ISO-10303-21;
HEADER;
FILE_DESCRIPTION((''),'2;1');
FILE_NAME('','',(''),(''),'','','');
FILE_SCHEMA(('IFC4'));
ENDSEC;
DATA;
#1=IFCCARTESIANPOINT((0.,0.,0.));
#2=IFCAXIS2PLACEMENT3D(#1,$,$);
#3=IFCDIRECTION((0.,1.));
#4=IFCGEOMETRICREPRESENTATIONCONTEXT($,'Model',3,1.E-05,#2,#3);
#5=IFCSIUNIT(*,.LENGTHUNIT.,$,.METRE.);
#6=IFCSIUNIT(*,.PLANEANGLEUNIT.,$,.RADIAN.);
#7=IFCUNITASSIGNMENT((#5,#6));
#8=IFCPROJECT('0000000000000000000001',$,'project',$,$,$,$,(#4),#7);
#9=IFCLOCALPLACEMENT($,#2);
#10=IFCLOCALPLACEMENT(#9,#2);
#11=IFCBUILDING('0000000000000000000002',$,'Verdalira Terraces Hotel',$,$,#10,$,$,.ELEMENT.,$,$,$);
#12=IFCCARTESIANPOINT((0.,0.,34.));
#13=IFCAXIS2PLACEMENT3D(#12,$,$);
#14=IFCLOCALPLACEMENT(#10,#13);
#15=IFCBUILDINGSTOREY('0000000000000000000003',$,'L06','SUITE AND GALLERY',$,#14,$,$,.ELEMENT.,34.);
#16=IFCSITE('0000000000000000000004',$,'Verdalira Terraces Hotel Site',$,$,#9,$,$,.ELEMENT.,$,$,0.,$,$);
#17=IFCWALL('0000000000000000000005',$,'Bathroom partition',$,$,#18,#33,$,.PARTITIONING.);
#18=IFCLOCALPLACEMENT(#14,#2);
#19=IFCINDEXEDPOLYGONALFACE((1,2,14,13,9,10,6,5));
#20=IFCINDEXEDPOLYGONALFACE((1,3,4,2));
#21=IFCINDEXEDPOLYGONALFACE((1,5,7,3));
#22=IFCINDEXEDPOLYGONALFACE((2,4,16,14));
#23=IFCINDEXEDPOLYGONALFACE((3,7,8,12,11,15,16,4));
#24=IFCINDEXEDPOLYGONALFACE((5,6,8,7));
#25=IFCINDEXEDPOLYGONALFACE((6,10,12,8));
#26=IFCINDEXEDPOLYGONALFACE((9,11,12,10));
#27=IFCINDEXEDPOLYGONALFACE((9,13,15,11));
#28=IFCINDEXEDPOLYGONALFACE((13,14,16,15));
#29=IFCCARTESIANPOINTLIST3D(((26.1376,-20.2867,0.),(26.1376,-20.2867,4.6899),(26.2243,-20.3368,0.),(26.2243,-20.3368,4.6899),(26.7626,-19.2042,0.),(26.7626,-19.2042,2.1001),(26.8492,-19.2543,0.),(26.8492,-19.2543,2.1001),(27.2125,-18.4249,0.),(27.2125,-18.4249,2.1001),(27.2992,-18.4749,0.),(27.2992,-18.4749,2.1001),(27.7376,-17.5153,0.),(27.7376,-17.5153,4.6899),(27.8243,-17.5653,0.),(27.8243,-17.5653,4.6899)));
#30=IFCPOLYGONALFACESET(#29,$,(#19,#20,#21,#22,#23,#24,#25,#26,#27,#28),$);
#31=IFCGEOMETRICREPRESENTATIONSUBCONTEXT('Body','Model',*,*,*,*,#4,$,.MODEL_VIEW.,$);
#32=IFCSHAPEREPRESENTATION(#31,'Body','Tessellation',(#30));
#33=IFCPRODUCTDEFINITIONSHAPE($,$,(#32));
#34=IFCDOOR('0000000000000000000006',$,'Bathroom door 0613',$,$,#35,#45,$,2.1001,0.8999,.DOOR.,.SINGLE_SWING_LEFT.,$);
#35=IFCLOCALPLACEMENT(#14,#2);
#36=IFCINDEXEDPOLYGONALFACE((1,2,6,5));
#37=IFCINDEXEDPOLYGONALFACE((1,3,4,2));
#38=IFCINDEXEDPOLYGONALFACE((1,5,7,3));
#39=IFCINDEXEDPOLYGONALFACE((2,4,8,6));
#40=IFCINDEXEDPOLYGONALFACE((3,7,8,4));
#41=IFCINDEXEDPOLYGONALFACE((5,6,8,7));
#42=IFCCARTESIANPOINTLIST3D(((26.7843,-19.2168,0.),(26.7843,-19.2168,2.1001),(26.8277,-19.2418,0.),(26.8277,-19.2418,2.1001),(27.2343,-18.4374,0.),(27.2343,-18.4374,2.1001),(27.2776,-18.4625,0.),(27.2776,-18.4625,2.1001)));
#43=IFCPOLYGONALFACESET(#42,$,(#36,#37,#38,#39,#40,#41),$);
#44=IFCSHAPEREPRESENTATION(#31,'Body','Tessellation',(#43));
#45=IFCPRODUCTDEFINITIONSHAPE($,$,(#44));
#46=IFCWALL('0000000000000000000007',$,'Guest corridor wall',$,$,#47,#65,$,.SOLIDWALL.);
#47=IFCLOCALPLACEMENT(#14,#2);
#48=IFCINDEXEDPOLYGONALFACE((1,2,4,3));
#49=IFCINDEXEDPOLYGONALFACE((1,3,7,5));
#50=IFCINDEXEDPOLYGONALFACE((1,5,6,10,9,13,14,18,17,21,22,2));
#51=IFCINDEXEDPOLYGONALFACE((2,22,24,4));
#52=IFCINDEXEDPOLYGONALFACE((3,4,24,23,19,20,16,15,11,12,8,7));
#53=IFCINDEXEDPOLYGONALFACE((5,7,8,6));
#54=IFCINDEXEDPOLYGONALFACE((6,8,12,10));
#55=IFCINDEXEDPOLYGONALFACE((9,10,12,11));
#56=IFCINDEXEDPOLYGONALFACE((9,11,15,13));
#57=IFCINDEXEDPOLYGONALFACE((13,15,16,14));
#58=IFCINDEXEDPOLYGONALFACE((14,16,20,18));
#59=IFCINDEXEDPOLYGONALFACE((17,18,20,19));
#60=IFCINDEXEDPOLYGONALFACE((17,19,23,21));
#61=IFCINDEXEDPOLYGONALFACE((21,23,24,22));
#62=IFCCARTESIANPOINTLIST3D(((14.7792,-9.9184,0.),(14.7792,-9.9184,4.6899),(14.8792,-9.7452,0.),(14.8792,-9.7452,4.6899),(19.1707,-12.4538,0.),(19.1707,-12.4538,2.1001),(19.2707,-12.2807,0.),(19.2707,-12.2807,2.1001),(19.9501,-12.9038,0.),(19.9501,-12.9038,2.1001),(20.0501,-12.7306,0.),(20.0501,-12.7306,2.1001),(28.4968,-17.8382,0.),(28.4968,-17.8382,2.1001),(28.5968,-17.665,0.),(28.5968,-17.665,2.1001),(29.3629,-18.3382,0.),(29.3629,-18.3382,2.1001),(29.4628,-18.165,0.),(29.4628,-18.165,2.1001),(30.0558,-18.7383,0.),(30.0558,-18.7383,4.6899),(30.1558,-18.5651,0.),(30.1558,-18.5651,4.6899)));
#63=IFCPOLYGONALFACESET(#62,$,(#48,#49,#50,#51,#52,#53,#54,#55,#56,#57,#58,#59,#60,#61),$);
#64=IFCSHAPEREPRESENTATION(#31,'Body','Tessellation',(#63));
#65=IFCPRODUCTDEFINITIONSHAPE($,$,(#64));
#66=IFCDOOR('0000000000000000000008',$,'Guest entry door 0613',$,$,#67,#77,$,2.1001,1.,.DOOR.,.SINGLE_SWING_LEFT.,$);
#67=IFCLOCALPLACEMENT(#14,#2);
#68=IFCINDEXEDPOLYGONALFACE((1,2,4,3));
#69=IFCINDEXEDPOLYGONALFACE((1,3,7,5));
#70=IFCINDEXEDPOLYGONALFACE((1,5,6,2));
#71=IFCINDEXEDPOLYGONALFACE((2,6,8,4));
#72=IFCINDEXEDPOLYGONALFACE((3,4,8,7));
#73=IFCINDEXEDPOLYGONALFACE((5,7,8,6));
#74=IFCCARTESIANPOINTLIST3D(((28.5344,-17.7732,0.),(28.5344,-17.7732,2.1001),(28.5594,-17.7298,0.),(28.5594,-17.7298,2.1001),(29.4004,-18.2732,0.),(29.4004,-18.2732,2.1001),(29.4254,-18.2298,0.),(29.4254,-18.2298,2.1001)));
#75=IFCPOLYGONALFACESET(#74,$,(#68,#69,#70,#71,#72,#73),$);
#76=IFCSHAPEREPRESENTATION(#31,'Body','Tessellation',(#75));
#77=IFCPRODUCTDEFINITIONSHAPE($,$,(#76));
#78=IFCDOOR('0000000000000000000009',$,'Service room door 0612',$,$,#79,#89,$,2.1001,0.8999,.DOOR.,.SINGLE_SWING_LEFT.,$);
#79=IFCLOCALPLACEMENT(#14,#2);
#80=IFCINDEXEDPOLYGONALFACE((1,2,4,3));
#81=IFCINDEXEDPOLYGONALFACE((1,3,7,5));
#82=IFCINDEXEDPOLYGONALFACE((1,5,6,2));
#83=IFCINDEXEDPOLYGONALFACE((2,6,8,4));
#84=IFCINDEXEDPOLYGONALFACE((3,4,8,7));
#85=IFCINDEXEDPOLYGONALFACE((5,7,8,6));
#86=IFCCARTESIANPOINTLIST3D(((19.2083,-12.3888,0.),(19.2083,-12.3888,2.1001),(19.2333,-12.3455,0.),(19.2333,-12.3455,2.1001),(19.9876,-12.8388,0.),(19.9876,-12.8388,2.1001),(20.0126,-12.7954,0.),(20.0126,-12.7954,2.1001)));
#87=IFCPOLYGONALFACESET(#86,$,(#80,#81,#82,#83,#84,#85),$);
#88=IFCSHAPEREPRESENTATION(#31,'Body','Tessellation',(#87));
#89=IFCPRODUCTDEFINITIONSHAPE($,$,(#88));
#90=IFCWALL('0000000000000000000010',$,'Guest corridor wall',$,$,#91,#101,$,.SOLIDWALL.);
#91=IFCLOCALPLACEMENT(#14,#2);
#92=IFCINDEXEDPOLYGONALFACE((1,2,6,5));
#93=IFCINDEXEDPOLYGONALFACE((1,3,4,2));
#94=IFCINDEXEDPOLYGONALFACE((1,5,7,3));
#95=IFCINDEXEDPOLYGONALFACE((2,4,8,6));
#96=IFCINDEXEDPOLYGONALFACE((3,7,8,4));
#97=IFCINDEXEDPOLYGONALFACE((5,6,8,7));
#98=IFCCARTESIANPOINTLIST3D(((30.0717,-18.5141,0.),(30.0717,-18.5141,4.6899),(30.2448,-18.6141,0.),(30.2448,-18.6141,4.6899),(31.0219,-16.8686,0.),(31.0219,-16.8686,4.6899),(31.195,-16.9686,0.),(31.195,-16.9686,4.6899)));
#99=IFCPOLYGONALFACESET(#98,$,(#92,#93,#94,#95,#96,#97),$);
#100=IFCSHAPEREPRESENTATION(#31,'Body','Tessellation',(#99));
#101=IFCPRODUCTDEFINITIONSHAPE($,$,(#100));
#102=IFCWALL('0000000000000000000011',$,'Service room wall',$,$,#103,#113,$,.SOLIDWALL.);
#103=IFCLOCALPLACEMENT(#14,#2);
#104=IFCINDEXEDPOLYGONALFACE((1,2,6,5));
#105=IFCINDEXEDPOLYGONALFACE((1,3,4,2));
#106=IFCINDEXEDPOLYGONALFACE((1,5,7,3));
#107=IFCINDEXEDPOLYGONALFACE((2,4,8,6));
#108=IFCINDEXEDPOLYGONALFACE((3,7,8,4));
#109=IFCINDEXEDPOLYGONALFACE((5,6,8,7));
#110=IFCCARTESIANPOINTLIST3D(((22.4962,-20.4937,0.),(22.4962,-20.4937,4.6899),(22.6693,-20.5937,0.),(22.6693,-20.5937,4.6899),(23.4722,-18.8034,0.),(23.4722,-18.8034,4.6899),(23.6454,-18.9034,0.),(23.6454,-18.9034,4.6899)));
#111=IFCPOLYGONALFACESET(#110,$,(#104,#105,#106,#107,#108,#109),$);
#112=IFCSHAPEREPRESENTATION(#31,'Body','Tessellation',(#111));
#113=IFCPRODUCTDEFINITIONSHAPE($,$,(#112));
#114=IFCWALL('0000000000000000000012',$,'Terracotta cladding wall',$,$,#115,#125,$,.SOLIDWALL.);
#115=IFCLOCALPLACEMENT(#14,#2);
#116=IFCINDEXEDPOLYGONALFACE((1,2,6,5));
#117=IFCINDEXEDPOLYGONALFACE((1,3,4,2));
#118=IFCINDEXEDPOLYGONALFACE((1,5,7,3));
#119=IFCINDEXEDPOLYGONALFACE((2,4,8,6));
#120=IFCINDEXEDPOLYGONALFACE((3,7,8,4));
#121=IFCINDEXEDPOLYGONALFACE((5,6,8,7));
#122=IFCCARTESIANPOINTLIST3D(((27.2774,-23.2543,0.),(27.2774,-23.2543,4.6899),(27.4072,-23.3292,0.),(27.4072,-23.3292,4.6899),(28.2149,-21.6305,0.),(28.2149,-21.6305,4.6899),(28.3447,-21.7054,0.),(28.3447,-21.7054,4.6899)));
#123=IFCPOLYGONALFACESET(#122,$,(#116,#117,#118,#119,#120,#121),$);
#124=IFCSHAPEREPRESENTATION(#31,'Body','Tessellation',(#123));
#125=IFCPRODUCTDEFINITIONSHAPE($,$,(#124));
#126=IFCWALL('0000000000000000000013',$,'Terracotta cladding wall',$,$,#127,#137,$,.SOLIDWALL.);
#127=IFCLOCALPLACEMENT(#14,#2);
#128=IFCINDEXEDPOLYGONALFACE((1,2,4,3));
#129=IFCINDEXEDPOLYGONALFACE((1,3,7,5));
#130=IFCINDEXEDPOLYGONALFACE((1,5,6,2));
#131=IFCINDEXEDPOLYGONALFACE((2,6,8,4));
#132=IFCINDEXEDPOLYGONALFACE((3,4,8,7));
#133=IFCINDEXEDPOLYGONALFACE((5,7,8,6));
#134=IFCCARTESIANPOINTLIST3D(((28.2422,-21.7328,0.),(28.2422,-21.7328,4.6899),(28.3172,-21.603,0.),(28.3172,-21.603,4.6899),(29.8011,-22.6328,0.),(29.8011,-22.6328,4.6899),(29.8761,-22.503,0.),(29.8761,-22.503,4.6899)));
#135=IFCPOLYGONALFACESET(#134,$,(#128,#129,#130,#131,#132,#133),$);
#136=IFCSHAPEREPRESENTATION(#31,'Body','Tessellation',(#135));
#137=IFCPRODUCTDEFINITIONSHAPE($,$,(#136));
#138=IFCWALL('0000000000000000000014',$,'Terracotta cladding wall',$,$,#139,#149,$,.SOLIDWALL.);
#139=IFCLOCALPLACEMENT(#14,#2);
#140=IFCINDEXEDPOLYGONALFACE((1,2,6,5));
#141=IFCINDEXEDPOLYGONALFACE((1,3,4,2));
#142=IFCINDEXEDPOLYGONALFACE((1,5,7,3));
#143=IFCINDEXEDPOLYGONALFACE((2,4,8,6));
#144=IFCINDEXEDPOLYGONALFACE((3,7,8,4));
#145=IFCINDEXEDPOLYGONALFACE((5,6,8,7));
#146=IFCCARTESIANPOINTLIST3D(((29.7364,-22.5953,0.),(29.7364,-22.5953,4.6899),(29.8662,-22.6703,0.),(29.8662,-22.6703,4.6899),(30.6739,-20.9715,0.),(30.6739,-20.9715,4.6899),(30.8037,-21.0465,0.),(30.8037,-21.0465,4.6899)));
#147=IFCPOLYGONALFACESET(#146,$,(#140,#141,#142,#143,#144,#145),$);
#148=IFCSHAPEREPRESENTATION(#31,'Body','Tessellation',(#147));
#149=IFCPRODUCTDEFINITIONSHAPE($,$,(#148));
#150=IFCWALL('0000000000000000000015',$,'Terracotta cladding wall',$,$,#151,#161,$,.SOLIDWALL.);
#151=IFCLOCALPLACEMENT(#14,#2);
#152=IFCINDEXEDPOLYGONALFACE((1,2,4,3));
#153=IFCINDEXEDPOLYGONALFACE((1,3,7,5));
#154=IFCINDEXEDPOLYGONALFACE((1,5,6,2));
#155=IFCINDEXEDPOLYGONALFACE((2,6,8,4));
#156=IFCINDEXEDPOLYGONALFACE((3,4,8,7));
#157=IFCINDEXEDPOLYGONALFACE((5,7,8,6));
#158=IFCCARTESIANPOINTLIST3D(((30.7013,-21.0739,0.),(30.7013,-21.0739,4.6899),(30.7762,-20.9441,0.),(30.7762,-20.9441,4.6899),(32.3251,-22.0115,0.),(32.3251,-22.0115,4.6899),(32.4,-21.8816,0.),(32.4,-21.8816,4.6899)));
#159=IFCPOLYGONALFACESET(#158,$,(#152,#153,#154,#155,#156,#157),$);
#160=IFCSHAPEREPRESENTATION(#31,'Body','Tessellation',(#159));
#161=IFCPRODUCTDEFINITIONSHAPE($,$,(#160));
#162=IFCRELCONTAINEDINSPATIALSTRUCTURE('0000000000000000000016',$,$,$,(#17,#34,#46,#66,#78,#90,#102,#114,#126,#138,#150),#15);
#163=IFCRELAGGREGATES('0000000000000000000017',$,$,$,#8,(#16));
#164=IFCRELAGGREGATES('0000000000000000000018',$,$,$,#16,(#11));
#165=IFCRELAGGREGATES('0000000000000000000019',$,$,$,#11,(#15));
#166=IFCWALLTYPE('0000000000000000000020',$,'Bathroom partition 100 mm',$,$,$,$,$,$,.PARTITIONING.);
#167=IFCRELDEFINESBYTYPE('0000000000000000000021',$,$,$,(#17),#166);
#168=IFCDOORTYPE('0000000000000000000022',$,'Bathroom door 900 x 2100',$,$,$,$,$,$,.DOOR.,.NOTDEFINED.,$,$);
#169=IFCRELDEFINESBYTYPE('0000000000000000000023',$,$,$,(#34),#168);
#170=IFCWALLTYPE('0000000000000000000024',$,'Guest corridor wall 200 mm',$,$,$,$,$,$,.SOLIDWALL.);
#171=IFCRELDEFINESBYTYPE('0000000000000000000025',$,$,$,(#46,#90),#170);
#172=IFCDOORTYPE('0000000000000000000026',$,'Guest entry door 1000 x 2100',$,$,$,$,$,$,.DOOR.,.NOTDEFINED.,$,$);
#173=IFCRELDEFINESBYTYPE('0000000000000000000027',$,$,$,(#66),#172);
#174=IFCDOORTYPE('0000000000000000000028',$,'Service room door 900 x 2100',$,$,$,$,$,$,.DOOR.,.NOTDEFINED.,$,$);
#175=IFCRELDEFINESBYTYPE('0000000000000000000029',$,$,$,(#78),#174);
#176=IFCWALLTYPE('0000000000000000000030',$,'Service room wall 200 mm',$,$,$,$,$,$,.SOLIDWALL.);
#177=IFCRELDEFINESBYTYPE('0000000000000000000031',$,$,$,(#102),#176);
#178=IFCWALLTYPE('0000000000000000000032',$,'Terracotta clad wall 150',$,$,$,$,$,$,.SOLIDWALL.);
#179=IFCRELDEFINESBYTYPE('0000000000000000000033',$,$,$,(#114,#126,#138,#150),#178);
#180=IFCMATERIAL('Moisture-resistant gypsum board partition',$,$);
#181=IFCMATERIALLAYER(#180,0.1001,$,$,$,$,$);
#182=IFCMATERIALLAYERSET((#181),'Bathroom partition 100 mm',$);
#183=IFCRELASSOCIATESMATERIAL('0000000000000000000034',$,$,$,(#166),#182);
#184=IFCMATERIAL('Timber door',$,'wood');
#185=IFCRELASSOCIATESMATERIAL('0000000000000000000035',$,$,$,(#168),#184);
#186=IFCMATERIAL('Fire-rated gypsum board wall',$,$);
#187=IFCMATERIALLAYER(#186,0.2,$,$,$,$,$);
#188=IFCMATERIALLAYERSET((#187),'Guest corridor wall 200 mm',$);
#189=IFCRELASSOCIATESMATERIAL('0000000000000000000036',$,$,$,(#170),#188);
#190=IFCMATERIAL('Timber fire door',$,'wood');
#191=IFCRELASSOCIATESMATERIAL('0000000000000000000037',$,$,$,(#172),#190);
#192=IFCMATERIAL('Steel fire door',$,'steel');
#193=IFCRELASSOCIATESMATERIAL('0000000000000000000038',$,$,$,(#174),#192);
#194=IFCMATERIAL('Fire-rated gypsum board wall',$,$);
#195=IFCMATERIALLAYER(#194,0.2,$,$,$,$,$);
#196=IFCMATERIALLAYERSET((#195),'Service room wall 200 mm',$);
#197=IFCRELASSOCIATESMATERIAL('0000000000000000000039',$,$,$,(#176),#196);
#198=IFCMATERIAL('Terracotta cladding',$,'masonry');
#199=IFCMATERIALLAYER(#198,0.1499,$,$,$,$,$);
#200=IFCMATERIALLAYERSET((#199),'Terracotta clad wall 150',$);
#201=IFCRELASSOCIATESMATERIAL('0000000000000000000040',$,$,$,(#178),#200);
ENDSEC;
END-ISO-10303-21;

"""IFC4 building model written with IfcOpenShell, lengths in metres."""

from ifc_helpers import new_model, si_unit, direction, frame, frame_2d, origin, place, context, subcontext, project, spatial, rectangle, extrude, material, layer, layer_set, type_object, element, fill, save


model = new_model("IFC4")

# Units and contexts
model_context = context("Model", 3, precision=1e-05, world=origin(), true_north=direction((0.0, 1.0)))
body_context = subcontext(model_context, "Body", "Model", "MODEL_VIEW")
ifc_project = project(units=[si_unit("LENGTHUNIT", "METRE"), si_unit("PLANEANGLEUNIT", "RADIAN")], contexts=[model_context])

# Site, building, storey
site_placement = place(None, origin())
site = spatial("IfcSite", under=ifc_project, at=site_placement, Name="Verdalira Terraces Hotel Site", CompositionType="ELEMENT", RefElevation=0.0)
building_placement = place(site_placement, origin())
building = spatial("IfcBuilding", under=site, at=building_placement, Name="Verdalira Terraces Hotel", CompositionType="ELEMENT")
storey_placement = place(building_placement, frame((0.0, 0.0, 34.0)))
storey = spatial("IfcBuildingStorey", under=building, at=storey_placement, Name="L06", Description="SUITE AND GALLERY", CompositionType="ELEMENT", Elevation=34.0)

# Shared definitions
ifc_material_1 = material(Name="Moisture-resistant gypsum board partition")
ifc_layer_1 = layer(ifc_material_1, 0.1001)
ifc_layer_set_1 = layer_set([ifc_layer_1], Name="Bathroom partition 100 mm")
wall_type_1 = type_object("IfcWallType", Name="Bathroom partition 100 mm", PredefinedType="PARTITIONING", material=ifc_layer_set_1)

# Wall, opening, door
wall_1_placement = place(storey_placement, frame((26.1809, -20.3118, 0.0), z_axis=(0.0, 0.0, 1.0), x_axis=(0.499995, 0.866028, 0.0)))
wall_1 = element("IfcWall", 1, at=wall_1_placement, inside=storey, type_object=wall_type_1, Name="Bathroom partition", PredefinedType="PARTITIONING", context=body_context, shape_type="SweptSolid", body=[
    extrude(rectangle(XDim=3.2002, YDim=0.1001, at=frame_2d((1.6001, 0.0))), origin(), (0.0, 0.0, 1.0), 4.6899),
])
opening_1_placement = place(wall_1_placement, frame((1.25, 0.0, 0.0)))
opening_1 = element("IfcOpeningElement", 2, at=opening_1_placement, cuts=wall_1, PredefinedType="OPENING", context=body_context, shape_type="SweptSolid", body=[
    extrude(rectangle(XDim=0.8999, YDim=2.1001, at=frame_2d((0.45, 1.05))), frame((0.0, 0.0601, 0.0), z_axis=(0.0, -1.0, 0.0), x_axis=(1.0, 0.0, 0.0)), (0.0, 0.0, 1.0), 0.1201),
])
ifc_material_2 = material(Name="Timber door", Category="wood")
door_type_1 = type_object("IfcDoorType", Name="Bathroom door 900 x 2100", OperationType="NOTDEFINED", PredefinedType="DOOR", material=ifc_material_2)
door_1_placement = place(opening_1_placement, origin())
door_1 = element("IfcDoor", 3, at=door_1_placement, inside=storey, type_object=door_type_1, Name="Bathroom door 0613", OperationType="SINGLE_SWING_LEFT", OverallHeight=2.1001, OverallWidth=0.8999, PredefinedType="DOOR", context=body_context, shape_type="SweptSolid", body=[
    extrude(rectangle(XDim=0.8999, YDim=2.1001, at=frame_2d((0.45, 1.05))), frame((0.0, 0.0249, 0.0), z_axis=(0.0, -1.0, 0.0), x_axis=(1.0, 0.0, 0.0)), (0.0, 0.0, 1.0), 0.05),
])
fill(opening_1, door_1)

# Wall, openings, doors
ifc_material_3 = material(Name="Fire-rated gypsum board wall")
ifc_layer_2 = layer(ifc_material_3, 0.2)
ifc_layer_set_2 = layer_set([ifc_layer_2], Name="Guest corridor wall 200 mm")
wall_type_2 = type_object("IfcWallType", Name="Guest corridor wall 200 mm", PredefinedType="SOLIDWALL", material=ifc_layer_set_2)
wall_2_placement = place(storey_placement, frame((30.1057, -18.6516, 0.0), z_axis=(0.0, 0.0, 1.0), x_axis=(-0.866029, 0.499994, 0.0)))
wall_2 = element("IfcWall", 4, at=wall_2_placement, inside=storey, type_object=wall_type_2, Name="Guest corridor wall", PredefinedType="SOLIDWALL", context=body_context, shape_type="SweptSolid", body=[
    extrude(rectangle(XDim=17.6399, YDim=0.2, at=frame_2d((8.8198, 0.0))), origin(), (0.0, 0.0, 1.0), 4.6899),
])
opening_2_placement = place(wall_2_placement, frame((11.6689, 0.0, 0.0)))
opening_2 = element("IfcOpeningElement", 5, at=opening_2_placement, cuts=wall_2, PredefinedType="OPENING", context=body_context, shape_type="SweptSolid", body=[
    extrude(rectangle(XDim=0.8999, YDim=2.1001, at=frame_2d((0.45, 1.05))), frame((0.0, 0.1099, 0.0), z_axis=(0.0, -1.0, 0.0), x_axis=(1.0, 0.0, 0.0)), (0.0, 0.0, 1.0), 0.22),
])
opening_3_placement = place(wall_2_placement, frame((0.8, 0.0, 0.0)))
opening_3 = element("IfcOpeningElement", 6, at=opening_3_placement, cuts=wall_2, PredefinedType="OPENING", context=body_context, shape_type="SweptSolid", body=[
    extrude(rectangle(XDim=1.0, YDim=2.1001, at=frame_2d((0.5, 1.05))), frame((0.0, 0.1099, 0.0), z_axis=(0.0, -1.0, 0.0), x_axis=(1.0, 0.0, 0.0)), (0.0, 0.0, 1.0), 0.22),
])
ifc_material_4 = material(Name="Timber fire door", Category="wood")
door_type_2 = type_object("IfcDoorType", Name="Guest entry door 1000 x 2100", OperationType="NOTDEFINED", PredefinedType="DOOR", material=ifc_material_4)
door_2_placement = place(opening_3_placement, origin())
door_2 = element("IfcDoor", 7, at=door_2_placement, inside=storey, type_object=door_type_2, Name="Guest entry door 0613", OperationType="SINGLE_SWING_LEFT", OverallHeight=2.1001, OverallWidth=1.0, PredefinedType="DOOR", context=body_context, shape_type="SweptSolid", body=[
    extrude(rectangle(XDim=1.0, YDim=2.1001, at=frame_2d((0.5, 1.05))), frame((0.0, 0.0249, 0.0), z_axis=(0.0, -1.0, 0.0), x_axis=(1.0, 0.0, 0.0)), (0.0, 0.0, 1.0), 0.05),
])
fill(opening_3, door_2)
ifc_material_5 = material(Name="Steel fire door", Category="steel")
door_type_3 = type_object("IfcDoorType", Name="Service room door 900 x 2100", OperationType="NOTDEFINED", PredefinedType="DOOR", material=ifc_material_5)
door_3_placement = place(opening_2_placement, origin())
door_3 = element("IfcDoor", 8, at=door_3_placement, inside=storey, type_object=door_type_3, Name="Service room door 0612", OperationType="SINGLE_SWING_LEFT", OverallHeight=2.1001, OverallWidth=0.8999, PredefinedType="DOOR", context=body_context, shape_type="SweptSolid", body=[
    extrude(rectangle(XDim=0.8999, YDim=2.1001, at=frame_2d((0.45, 1.05))), frame((0.0, 0.0249, 0.0), z_axis=(0.0, -1.0, 0.0), x_axis=(1.0, 0.0, 0.0)), (0.0, 0.0, 1.0), 0.05),
])
fill(opening_2, door_3)

# Walls
wall_3_placement = place(storey_placement, frame((30.1582, -18.5642, 0.0), z_axis=(0.0, 0.0, 1.0), x_axis=(0.500064, 0.865989, 0.0)))
element("IfcWall", 9, at=wall_3_placement, inside=storey, type_object=wall_type_2, Name="Guest corridor wall", PredefinedType="SOLIDWALL", context=body_context, shape_type="SweptSolid", body=[
    extrude(rectangle(XDim=1.9001, YDim=0.2, at=frame_2d((0.9502, 0.0))), origin(), (0.0, 0.0, 1.0), 4.6899),
])
ifc_material_6 = material(Name="Fire-rated gypsum board wall")
ifc_layer_3 = layer(ifc_material_6, 0.2)
ifc_layer_set_3 = layer_set([ifc_layer_3], Name="Service room wall 200 mm")
wall_type_3 = type_object("IfcWallType", Name="Service room wall 200 mm", PredefinedType="SOLIDWALL", material=ifc_layer_set_3)
wall_4_placement = place(storey_placement, frame((23.5588, -18.8533, 0.0), z_axis=(0.0, 0.0, 1.0), x_axis=(-0.50004, -0.866002, 0.0)))
element("IfcWall", 10, at=wall_4_placement, inside=storey, type_object=wall_type_3, Name="Service room wall", PredefinedType="SOLIDWALL", context=body_context, shape_type="SweptSolid", body=[
    extrude(rectangle(XDim=1.9519, YDim=0.2, at=frame_2d((0.9761, 0.0))), origin(), (0.0, 0.0, 1.0), 4.6899),
])
ifc_material_7 = material(Name="Terracotta cladding", Category="masonry")
ifc_layer_4 = layer(ifc_material_7, 0.1499)
ifc_layer_set_4 = layer_set([ifc_layer_4], Name="Terracotta clad wall 150")
wall_type_4 = type_object("IfcWallType", Name="Terracotta clad wall 150", PredefinedType="SOLIDWALL", material=ifc_layer_set_4)
wall_5_placement = place(storey_placement, frame((27.3423, -23.2917, 0.0), z_axis=(0.0, 0.0, 1.0), x_axis=(0.500004, 0.866023, 0.0)))
element("IfcWall", 11, at=wall_5_placement, inside=storey, type_object=wall_type_4, Name="Terracotta cladding wall", PredefinedType="SOLIDWALL", context=body_context, shape_type="SweptSolid", body=[
    extrude(rectangle(XDim=1.875, YDim=0.1499, at=frame_2d((0.9375, 0.0))), origin(), (0.0, 0.0, 1.0), 4.6899),
])
wall_6_placement = place(storey_placement, frame((28.2798, -21.668, 0.0), z_axis=(0.0, 0.0, 1.0), x_axis=(0.866048, -0.499961, 0.0)))
element("IfcWall", 12, at=wall_6_placement, inside=storey, type_object=wall_type_4, Name="Terracotta cladding wall", PredefinedType="SOLIDWALL", context=body_context, shape_type="SweptSolid", body=[
    extrude(rectangle(XDim=1.8, YDim=0.1499, at=frame_2d((0.8999, 0.0))), origin(), (0.0, 0.0, 1.0), 4.6899),
])
for number, where, z_axis, x_axis, name in (
    (13, (29.8013, -22.6328, 0.0), (0.0, 0.0, 1.0), (0.500004, 0.866023, 0.0), "Terracotta cladding wall"),
    (14, (30.7388, -21.009, 0.0), (0.0, 0.0, 1.0), (0.866023, -0.500004, 0.0), "Terracotta cladding wall"),
):
    element("IfcWall", number, at=place(storey_placement, frame(where, z_axis=z_axis, x_axis=x_axis)), inside=storey, type_object=wall_type_4, Name=name, PredefinedType="SOLIDWALL", context=body_context, shape_type="SweptSolid", body=[
        extrude(rectangle(XDim=1.875, YDim=0.1499, at=frame_2d((0.9375, 0.0))), origin(), (0.0, 0.0, 1.0), 4.6899),
    ])

save(model, "model.ifc")
